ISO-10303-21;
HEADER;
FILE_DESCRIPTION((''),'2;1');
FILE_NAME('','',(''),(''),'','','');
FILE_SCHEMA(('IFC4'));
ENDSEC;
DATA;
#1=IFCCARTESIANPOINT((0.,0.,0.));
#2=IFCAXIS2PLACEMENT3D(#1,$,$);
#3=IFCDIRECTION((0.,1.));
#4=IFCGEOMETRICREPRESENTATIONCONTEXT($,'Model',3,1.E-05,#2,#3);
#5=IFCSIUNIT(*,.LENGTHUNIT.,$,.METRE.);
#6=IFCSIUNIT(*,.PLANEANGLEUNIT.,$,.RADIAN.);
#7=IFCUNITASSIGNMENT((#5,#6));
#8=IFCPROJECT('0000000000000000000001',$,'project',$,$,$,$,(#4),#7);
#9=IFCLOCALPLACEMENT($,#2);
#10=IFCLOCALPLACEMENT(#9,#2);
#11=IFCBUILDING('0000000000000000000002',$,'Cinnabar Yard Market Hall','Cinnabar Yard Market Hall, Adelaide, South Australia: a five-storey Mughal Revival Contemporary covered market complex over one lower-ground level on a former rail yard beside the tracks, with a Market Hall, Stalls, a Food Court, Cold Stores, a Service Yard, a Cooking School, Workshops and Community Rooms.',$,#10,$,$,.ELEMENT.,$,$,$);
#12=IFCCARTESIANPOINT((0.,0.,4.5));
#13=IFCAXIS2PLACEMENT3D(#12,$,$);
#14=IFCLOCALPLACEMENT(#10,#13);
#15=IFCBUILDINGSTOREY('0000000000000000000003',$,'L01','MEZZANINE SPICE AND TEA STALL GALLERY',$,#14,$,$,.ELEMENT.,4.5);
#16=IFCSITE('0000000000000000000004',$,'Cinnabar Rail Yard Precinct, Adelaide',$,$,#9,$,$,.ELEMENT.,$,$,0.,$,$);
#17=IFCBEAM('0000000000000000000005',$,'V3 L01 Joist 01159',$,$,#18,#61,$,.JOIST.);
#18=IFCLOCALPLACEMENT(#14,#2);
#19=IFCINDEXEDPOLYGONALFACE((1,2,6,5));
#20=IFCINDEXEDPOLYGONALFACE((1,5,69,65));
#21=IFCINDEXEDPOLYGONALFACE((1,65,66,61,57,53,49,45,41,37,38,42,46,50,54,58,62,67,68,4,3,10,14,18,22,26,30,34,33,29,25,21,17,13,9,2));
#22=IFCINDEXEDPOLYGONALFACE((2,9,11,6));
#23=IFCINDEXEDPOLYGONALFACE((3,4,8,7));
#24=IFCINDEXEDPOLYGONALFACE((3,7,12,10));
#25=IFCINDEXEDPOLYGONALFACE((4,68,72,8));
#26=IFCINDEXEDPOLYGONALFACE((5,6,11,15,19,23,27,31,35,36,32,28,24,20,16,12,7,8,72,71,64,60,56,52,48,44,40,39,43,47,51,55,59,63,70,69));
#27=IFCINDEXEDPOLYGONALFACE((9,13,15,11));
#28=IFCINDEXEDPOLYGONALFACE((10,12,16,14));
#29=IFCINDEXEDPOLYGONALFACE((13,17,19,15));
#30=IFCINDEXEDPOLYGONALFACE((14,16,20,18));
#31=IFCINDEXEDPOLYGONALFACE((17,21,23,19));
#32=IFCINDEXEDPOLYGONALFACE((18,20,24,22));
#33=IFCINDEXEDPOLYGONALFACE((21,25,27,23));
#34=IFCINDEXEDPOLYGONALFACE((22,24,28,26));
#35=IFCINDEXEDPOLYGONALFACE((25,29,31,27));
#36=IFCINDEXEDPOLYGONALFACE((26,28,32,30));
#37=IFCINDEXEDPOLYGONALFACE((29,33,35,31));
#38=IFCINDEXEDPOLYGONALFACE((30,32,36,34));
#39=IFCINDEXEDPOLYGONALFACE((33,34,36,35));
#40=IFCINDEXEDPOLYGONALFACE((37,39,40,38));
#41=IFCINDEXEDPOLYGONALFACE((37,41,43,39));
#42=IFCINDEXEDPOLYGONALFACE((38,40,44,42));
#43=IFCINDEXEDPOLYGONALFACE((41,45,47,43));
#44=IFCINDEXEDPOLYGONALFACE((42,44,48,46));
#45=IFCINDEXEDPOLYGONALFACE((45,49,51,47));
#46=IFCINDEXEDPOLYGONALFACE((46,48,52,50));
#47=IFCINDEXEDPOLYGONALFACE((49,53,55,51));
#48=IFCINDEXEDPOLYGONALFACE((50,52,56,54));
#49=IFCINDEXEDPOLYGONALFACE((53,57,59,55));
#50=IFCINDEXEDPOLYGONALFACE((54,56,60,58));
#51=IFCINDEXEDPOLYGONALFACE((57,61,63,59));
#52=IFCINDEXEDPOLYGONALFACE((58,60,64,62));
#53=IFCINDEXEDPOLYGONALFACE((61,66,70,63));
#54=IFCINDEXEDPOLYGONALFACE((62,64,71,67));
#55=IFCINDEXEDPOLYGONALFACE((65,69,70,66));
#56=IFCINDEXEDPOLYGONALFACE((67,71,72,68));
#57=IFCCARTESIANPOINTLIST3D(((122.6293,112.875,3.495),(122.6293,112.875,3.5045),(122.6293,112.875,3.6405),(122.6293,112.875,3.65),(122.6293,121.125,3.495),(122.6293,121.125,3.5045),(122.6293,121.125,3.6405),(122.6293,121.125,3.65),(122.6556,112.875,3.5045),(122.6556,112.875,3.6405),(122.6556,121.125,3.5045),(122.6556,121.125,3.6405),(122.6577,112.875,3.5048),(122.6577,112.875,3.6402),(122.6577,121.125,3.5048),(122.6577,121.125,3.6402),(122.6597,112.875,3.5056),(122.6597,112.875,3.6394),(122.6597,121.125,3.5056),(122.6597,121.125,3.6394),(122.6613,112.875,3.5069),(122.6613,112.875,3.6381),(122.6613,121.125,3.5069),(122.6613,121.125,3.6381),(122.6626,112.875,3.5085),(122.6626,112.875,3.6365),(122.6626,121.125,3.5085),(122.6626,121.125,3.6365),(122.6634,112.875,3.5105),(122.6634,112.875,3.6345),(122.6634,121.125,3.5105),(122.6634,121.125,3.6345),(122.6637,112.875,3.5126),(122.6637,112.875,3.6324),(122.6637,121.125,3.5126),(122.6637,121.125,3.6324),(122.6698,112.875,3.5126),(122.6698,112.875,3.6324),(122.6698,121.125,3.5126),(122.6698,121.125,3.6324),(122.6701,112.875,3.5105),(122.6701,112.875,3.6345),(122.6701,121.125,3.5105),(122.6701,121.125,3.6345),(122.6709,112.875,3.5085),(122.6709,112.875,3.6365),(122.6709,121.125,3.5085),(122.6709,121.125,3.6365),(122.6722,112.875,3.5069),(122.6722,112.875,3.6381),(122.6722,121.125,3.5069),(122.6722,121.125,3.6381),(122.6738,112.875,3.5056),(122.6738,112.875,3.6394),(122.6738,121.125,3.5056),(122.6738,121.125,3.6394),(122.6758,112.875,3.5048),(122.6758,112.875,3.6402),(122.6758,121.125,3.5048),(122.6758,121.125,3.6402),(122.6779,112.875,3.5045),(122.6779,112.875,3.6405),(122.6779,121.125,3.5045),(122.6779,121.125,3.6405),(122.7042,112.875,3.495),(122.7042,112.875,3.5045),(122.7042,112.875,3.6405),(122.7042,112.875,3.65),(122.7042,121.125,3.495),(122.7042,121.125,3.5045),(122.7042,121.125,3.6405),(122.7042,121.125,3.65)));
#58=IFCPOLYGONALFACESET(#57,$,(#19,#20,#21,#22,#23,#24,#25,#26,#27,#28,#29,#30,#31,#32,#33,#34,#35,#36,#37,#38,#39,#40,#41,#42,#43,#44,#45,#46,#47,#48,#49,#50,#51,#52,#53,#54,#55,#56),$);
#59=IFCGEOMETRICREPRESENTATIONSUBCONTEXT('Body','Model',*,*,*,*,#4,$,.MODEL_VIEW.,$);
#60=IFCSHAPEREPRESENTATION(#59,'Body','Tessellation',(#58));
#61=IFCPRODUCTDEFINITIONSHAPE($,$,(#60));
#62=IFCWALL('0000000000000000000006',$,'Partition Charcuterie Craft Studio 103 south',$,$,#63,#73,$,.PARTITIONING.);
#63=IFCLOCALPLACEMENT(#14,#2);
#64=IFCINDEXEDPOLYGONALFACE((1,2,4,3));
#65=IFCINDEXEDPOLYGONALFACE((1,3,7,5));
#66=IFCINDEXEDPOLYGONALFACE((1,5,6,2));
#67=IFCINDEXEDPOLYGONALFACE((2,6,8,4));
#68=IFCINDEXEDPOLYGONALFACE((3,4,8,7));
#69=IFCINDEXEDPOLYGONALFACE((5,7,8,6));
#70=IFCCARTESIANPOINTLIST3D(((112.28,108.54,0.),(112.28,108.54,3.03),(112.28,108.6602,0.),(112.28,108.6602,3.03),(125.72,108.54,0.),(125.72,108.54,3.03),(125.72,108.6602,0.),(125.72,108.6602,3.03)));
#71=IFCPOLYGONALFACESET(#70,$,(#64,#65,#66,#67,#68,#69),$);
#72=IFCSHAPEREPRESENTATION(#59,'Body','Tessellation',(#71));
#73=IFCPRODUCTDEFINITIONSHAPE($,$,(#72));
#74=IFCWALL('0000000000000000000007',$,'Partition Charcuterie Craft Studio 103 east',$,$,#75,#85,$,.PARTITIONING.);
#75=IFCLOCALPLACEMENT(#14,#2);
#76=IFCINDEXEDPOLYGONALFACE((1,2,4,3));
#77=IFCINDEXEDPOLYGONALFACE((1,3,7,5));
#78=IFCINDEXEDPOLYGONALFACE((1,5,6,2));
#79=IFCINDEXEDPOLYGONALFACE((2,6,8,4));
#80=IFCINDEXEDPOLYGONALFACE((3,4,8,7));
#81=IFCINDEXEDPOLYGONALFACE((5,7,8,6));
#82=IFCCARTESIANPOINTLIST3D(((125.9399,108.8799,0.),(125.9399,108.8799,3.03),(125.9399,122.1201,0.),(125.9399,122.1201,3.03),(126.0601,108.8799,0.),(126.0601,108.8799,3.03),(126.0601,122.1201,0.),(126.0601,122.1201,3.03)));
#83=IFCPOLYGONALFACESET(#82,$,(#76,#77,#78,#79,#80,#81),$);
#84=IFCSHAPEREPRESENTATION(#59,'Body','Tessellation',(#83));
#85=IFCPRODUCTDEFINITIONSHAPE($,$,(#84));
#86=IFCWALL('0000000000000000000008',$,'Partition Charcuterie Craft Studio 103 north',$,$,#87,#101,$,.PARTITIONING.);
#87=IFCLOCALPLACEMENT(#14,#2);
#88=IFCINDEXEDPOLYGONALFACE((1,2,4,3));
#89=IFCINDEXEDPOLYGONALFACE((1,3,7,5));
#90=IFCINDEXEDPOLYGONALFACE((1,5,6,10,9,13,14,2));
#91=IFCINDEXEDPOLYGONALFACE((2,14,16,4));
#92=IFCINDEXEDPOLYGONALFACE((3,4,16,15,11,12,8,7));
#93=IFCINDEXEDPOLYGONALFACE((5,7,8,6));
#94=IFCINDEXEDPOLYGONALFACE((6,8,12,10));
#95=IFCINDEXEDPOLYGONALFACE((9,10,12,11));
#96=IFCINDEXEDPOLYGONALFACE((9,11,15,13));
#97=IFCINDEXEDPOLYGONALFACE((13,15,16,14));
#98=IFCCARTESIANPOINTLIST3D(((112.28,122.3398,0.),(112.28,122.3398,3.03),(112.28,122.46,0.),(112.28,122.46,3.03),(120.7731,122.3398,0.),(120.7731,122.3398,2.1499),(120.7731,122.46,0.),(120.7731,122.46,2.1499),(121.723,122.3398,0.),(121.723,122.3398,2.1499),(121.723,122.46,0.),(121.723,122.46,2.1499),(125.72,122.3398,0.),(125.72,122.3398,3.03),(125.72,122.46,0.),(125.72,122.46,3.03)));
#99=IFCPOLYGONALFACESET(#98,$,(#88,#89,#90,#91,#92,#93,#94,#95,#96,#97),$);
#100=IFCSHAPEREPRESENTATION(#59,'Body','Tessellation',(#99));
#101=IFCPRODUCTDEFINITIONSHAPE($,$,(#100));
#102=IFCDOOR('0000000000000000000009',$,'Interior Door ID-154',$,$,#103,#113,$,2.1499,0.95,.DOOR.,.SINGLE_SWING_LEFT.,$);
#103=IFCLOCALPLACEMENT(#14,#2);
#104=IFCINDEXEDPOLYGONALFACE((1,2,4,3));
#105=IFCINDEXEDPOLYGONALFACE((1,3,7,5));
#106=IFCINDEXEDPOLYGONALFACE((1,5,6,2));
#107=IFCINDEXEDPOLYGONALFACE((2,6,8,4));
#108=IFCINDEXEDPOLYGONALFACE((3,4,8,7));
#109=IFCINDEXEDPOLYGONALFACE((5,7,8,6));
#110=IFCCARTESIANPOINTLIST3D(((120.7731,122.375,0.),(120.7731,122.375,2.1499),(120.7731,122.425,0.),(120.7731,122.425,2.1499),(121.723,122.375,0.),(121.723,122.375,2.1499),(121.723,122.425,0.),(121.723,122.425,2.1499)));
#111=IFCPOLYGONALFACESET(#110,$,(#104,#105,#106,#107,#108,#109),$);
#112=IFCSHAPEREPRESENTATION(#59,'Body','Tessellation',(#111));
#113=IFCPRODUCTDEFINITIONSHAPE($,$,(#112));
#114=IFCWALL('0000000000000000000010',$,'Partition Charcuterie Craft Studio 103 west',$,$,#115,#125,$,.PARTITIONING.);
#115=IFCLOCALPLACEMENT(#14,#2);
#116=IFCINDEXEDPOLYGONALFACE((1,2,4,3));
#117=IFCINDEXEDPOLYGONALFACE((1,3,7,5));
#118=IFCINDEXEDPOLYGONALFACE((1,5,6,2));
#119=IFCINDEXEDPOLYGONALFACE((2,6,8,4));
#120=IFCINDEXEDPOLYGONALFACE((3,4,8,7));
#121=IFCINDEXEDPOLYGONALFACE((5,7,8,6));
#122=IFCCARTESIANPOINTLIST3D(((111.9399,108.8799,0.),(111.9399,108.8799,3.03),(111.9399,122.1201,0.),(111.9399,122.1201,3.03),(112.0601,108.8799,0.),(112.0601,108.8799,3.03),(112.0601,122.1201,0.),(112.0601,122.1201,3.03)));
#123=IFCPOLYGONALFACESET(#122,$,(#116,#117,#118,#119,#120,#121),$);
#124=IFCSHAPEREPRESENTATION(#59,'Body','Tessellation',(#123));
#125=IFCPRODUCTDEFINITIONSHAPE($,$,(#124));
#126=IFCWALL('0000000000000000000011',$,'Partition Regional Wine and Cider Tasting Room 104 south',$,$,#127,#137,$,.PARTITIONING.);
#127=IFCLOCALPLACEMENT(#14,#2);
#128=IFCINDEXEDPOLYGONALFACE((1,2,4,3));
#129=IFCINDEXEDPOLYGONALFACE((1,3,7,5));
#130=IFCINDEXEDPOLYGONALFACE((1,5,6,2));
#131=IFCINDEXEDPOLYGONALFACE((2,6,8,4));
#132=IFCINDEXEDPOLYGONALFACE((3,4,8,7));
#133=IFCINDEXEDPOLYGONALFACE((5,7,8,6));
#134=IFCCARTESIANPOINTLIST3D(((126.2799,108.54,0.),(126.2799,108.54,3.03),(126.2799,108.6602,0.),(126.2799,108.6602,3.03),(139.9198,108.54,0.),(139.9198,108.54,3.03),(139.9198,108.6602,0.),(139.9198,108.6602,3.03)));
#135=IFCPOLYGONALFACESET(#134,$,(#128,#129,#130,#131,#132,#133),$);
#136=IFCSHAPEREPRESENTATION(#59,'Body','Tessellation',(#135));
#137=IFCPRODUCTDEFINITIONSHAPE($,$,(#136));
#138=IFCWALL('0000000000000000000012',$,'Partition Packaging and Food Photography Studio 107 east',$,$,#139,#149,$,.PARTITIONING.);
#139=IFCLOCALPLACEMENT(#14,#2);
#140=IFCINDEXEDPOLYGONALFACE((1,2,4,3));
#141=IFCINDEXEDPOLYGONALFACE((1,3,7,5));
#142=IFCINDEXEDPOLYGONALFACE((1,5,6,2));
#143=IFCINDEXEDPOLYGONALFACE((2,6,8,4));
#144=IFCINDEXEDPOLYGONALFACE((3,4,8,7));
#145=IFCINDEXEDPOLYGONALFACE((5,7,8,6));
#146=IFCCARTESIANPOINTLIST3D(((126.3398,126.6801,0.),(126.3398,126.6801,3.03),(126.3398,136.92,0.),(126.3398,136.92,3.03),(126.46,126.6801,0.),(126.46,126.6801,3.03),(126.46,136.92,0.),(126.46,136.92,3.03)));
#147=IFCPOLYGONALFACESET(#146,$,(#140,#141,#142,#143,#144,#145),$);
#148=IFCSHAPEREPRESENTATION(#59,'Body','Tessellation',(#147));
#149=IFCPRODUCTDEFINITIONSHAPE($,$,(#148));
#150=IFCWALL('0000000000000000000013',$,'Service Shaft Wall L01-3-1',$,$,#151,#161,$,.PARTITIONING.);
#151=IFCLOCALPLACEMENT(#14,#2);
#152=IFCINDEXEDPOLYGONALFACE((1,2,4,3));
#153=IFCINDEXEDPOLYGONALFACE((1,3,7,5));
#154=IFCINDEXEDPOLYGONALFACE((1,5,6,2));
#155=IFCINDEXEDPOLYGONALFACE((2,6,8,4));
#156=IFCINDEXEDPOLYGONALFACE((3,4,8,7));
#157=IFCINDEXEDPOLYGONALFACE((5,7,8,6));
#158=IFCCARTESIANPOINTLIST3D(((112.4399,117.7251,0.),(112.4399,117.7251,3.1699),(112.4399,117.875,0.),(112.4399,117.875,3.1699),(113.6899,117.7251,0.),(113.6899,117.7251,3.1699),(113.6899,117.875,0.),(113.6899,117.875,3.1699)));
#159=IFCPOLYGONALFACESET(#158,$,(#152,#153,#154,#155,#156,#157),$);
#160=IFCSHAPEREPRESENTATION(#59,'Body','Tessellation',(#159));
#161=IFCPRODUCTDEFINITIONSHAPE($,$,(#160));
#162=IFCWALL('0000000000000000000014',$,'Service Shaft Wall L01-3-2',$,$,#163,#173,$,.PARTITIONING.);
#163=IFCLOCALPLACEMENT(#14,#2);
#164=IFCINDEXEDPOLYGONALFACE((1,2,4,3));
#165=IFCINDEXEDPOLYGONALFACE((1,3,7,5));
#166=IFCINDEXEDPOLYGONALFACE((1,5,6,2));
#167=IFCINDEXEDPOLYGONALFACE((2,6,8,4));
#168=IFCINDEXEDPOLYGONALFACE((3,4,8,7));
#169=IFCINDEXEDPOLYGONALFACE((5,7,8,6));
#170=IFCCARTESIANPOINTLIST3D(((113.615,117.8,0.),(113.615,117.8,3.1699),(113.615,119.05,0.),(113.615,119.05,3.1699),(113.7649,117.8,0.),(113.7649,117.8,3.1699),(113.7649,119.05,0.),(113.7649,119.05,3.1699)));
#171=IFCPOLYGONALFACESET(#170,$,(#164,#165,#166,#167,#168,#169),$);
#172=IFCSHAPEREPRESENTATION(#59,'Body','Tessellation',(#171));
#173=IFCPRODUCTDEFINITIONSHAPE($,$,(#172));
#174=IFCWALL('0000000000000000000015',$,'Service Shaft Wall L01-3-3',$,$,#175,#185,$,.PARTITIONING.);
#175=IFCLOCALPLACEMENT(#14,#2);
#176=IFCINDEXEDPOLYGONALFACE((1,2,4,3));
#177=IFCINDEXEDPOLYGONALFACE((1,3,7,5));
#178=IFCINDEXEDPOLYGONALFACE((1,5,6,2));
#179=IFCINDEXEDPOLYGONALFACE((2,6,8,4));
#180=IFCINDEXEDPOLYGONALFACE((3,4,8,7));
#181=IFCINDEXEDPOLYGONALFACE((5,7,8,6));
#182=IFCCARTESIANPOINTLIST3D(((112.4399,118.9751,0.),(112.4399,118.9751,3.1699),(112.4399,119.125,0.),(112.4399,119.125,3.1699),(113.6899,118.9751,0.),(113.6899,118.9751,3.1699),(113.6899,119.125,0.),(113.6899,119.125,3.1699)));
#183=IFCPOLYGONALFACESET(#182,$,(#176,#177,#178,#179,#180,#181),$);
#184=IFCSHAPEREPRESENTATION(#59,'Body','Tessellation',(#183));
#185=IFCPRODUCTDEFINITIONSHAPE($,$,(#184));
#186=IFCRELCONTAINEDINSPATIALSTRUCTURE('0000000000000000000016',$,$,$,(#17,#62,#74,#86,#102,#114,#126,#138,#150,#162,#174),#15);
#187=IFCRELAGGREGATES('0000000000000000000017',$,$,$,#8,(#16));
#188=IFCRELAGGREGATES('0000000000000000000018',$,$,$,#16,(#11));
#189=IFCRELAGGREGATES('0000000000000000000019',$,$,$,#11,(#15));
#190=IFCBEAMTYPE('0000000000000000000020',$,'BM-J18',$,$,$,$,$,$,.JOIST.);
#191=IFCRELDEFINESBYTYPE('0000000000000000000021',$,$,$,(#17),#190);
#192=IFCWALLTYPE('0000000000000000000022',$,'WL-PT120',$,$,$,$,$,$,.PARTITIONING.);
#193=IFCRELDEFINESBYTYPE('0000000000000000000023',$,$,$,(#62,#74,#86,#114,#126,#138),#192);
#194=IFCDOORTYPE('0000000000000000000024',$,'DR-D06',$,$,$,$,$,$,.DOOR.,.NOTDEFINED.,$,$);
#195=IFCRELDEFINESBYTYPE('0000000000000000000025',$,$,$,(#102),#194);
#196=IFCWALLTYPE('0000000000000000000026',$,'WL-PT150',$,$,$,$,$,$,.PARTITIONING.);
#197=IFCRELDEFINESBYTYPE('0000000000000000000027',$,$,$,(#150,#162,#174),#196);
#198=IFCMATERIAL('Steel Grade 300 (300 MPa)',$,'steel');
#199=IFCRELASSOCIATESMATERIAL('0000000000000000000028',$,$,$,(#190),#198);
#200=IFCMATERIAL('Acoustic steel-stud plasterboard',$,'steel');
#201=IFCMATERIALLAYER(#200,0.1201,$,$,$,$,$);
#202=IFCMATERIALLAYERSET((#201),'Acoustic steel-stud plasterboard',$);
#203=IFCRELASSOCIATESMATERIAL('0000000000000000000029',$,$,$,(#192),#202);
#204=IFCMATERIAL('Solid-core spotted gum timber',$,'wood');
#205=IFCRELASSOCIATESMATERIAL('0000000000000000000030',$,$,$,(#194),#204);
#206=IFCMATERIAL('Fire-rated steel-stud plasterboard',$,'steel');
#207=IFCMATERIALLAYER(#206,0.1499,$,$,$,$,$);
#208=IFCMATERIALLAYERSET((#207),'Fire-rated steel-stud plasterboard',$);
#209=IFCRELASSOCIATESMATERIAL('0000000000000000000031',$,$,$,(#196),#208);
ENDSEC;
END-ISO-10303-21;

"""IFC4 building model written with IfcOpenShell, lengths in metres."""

from ifc_helpers import new_model, si_unit, direction, frame, frame_2d, origin, origin_2d_with_axis, place, context, subcontext, project, spatial, rectangle, i_section, extrude, material, layer, layer_set, material_profile, profile_set, type_object, element, fill, save


model = new_model("IFC4")

# Units and contexts
model_context = context("Model", 3, precision=1e-05, world=origin(), true_north=direction((0.0, 1.0)))
body_context = subcontext(model_context, "Body", "Model", "MODEL_VIEW")
ifc_project = project(units=[si_unit("LENGTHUNIT", "METRE"), si_unit("PLANEANGLEUNIT", "RADIAN")], contexts=[model_context])

# Site, building, storey
site_placement = place(None, origin())
site = spatial("IfcSite", under=ifc_project, at=site_placement, Name="Cinnabar Rail Yard Precinct, Adelaide", CompositionType="ELEMENT", RefElevation=0.0)
building_placement = place(site_placement, origin())
building = spatial("IfcBuilding", under=site, at=building_placement, Name="Cinnabar Yard Market Hall", Description="Cinnabar Yard Market Hall, Adelaide, South Australia: a five-storey Mughal Revival Contemporary covered market complex over one lower-ground level on a former rail yard beside the tracks, with a Market Hall, Stalls, a Food Court, Cold Stores, a Service Yard, a Cooking School, Workshops and Community Rooms.", CompositionType="ELEMENT")
storey_placement = place(building_placement, frame((0.0, 0.0, 4.5)))
storey = spatial("IfcBuildingStorey", under=building, at=storey_placement, Name="L01", Description="MEZZANINE SPICE AND TEA STALL GALLERY", CompositionType="ELEMENT", Elevation=4.5)

# Shared definitions
ifc_material_1 = material(Name="Steel Grade 300 (300 MPa)", Category="steel")

# Beam
ifc_material_profile_1 = material_profile(ifc_material_1, i_section(OverallWidth=0.075, OverallDepth=0.155, WebThickness=0.0061, FlangeThickness=0.0095, FilletRadius=0.0081, at=origin_2d_with_axis()), Name="150UB18.0")
ifc_profile_set_1 = profile_set([ifc_material_profile_1], Name="Steel Grade 300 (300 MPa)")
beam_type_1 = type_object("IfcBeamType", Name="BM-J18", PredefinedType="JOIST", material=ifc_profile_set_1)
for number, where, z_axis, x_axis, name in (
    (1, (122.6667, 112.875, 3.5725), (0.0, 1.0, 0.0), (-1.0, 0.0, 0.0), "V3 L01 Joist 01159"),
):
    element("IfcBeam", number, at=place(storey_placement, frame(where, z_axis=z_axis, x_axis=x_axis)), inside=storey, type_object=beam_type_1, Name=name, PredefinedType="JOIST", context=body_context, shape_type="SweptSolid", body=[
        extrude(i_section(OverallWidth=0.075, OverallDepth=0.155, WebThickness=0.0061, FlangeThickness=0.0095, FilletRadius=0.0081, at=origin_2d_with_axis()), origin(), (0.0, 0.0, 1.0), 8.25),
    ])

# Walls
ifc_material_2 = material(Name="Acoustic steel-stud plasterboard", Category="steel")
ifc_layer_1 = layer(ifc_material_2, 0.1201)
ifc_layer_set_1 = layer_set([ifc_layer_1], Name="Acoustic steel-stud plasterboard")
wall_type_1 = type_object("IfcWallType", Name="WL-PT120", PredefinedType="PARTITIONING", material=ifc_layer_set_1)
wall_1_placement = place(storey_placement, frame((112.28, 108.6001, 0.0), z_axis=(0.0, 0.0, 1.0), x_axis=(1.0, 0.0, 0.0)))
element("IfcWall", 2, at=wall_1_placement, inside=storey, type_object=wall_type_1, Name="Partition Charcuterie Craft Studio 103 south", PredefinedType="PARTITIONING", context=body_context, shape_type="SweptSolid", body=[
    extrude(rectangle(XDim=13.4399, YDim=0.1201, at=frame_2d((6.72, 0.0), x_axis=(1.0, 0.0))), origin(), (0.0, 0.0, 1.0), 3.03),
])
wall_2_placement = place(storey_placement, frame((126.0, 108.8799, 0.0), z_axis=(0.0, 0.0, 1.0), x_axis=(0.0, 1.0, 0.0)))
element("IfcWall", 3, at=wall_2_placement, inside=storey, type_object=wall_type_1, Name="Partition Charcuterie Craft Studio 103 east", PredefinedType="PARTITIONING", context=body_context, shape_type="SweptSolid", body=[
    extrude(rectangle(XDim=13.2402, YDim=0.1201, at=frame_2d((6.6201, 0.0), x_axis=(1.0, 0.0))), origin(), (0.0, 0.0, 1.0), 3.03),
])

# Wall, opening, door
wall_3_placement = place(storey_placement, frame((125.72, 122.3999, 0.0), z_axis=(0.0, 0.0, 1.0), x_axis=(-1.0, 0.0, 0.0)))
wall_3 = element("IfcWall", 4, at=wall_3_placement, inside=storey, type_object=wall_type_1, Name="Partition Charcuterie Craft Studio 103 north", PredefinedType="PARTITIONING", context=body_context, shape_type="SweptSolid", body=[
    extrude(rectangle(XDim=13.4399, YDim=0.1201, at=frame_2d((6.72, 0.0), x_axis=(1.0, 0.0))), origin(), (0.0, 0.0, 1.0), 3.03),
])
opening_placement = place(wall_3_placement, frame((3.9968, 0.0, 0.0)))
opening = element("IfcOpeningElement", 5, at=opening_placement, cuts=wall_3, PredefinedType="OPENING", context=body_context, shape_type="SweptSolid", body=[
    extrude(rectangle(XDim=0.95, YDim=2.1499, at=frame_2d((0.4751, 1.075), x_axis=(1.0, 0.0))), frame((0.0, 0.0701, 0.0), z_axis=(0.0, -1.0, 0.0), x_axis=(1.0, 0.0, 0.0)), (0.0, 0.0, 1.0), 0.1401),
])
ifc_material_3 = material(Name="Solid-core spotted gum timber", Category="wood")
door_type = type_object("IfcDoorType", Name="DR-D06", OperationType="NOTDEFINED", PredefinedType="DOOR", material=ifc_material_3)
door_placement = place(opening_placement, origin())
door = element("IfcDoor", 6, at=door_placement, inside=storey, type_object=door_type, Name="Interior Door ID-154", OperationType="SINGLE_SWING_LEFT", OverallHeight=2.1499, OverallWidth=0.95, PredefinedType="DOOR", context=body_context, shape_type="SweptSolid", body=[
    extrude(rectangle(XDim=0.95, YDim=2.1499, at=frame_2d((0.4751, 1.075), x_axis=(1.0, 0.0))), frame((0.0, 0.0249, 0.0), z_axis=(0.0, -1.0, 0.0), x_axis=(1.0, 0.0, 0.0)), (0.0, 0.0, 1.0), 0.05),
])
fill(opening, door)

# Walls
wall_4_placement = place(storey_placement, frame((112.0, 122.1201, 0.0), z_axis=(0.0, 0.0, 1.0), x_axis=(0.0, -1.0, 0.0)))
element("IfcWall", 7, at=wall_4_placement, inside=storey, type_object=wall_type_1, Name="Partition Charcuterie Craft Studio 103 west", PredefinedType="PARTITIONING", context=body_context, shape_type="SweptSolid", body=[
    extrude(rectangle(XDim=13.2402, YDim=0.1201, at=frame_2d((6.6201, 0.0), x_axis=(1.0, 0.0))), origin(), (0.0, 0.0, 1.0), 3.03),
])
wall_5_placement = place(storey_placement, frame((126.28, 108.6001, 0.0), z_axis=(0.0, 0.0, 1.0), x_axis=(1.0, 0.0, 0.0)))
element("IfcWall", 8, at=wall_5_placement, inside=storey, type_object=wall_type_1, Name="Partition Regional Wine and Cider Tasting Room 104 south", PredefinedType="PARTITIONING", context=body_context, shape_type="SweptSolid", body=[
    extrude(rectangle(XDim=13.6399, YDim=0.1201, at=frame_2d((6.8198, 0.0), x_axis=(1.0, 0.0))), origin(), (0.0, 0.0, 1.0), 3.03),
])
wall_6_placement = place(storey_placement, frame((126.3999, 126.6799, 0.0), z_axis=(0.0, 0.0, 1.0), x_axis=(0.0, 1.0, 0.0)))
element("IfcWall", 9, at=wall_6_placement, inside=storey, type_object=wall_type_1, Name="Partition Packaging and Food Photography Studio 107 east", PredefinedType="PARTITIONING", context=body_context, shape_type="SweptSolid", body=[
    extrude(rectangle(XDim=10.24, YDim=0.1201, at=frame_2d((5.1201, 0.0), x_axis=(1.0, 0.0))), origin(), (0.0, 0.0, 1.0), 3.03),
])
ifc_material_4 = material(Name="Fire-rated steel-stud plasterboard", Category="steel")
ifc_layer_2 = layer(ifc_material_4, 0.1499)
ifc_layer_set_2 = layer_set([ifc_layer_2], Name="Fire-rated steel-stud plasterboard")
wall_type_2 = type_object("IfcWallType", Name="WL-PT150", PredefinedType="PARTITIONING", material=ifc_layer_set_2)
for number, where, z_axis, x_axis, name in (
    (10, (112.4399, 117.8, 0.0), (0.0, 0.0, 1.0), (1.0, 0.0, 0.0), "Service Shaft Wall L01-3-1"),
    (11, (113.6899, 117.8, 0.0), (0.0, 0.0, 1.0), (0.0, 1.0, 0.0), "Service Shaft Wall L01-3-2"),
    (12, (113.6899, 119.05, 0.0), (0.0, 0.0, 1.0), (-1.0, 0.0, 0.0), "Service Shaft Wall L01-3-3"),
):
    element("IfcWall", number, at=place(storey_placement, frame(where, z_axis=z_axis, x_axis=x_axis)), inside=storey, type_object=wall_type_2, Name=name, PredefinedType="PARTITIONING", context=body_context, shape_type="SweptSolid", body=[
        extrude(rectangle(XDim=1.25, YDim=0.1499, at=frame_2d((0.625, 0.0), x_axis=(1.0, 0.0))), origin(), (0.0, 0.0, 1.0), 3.1699),
    ])

save(model, "model.ifc")
